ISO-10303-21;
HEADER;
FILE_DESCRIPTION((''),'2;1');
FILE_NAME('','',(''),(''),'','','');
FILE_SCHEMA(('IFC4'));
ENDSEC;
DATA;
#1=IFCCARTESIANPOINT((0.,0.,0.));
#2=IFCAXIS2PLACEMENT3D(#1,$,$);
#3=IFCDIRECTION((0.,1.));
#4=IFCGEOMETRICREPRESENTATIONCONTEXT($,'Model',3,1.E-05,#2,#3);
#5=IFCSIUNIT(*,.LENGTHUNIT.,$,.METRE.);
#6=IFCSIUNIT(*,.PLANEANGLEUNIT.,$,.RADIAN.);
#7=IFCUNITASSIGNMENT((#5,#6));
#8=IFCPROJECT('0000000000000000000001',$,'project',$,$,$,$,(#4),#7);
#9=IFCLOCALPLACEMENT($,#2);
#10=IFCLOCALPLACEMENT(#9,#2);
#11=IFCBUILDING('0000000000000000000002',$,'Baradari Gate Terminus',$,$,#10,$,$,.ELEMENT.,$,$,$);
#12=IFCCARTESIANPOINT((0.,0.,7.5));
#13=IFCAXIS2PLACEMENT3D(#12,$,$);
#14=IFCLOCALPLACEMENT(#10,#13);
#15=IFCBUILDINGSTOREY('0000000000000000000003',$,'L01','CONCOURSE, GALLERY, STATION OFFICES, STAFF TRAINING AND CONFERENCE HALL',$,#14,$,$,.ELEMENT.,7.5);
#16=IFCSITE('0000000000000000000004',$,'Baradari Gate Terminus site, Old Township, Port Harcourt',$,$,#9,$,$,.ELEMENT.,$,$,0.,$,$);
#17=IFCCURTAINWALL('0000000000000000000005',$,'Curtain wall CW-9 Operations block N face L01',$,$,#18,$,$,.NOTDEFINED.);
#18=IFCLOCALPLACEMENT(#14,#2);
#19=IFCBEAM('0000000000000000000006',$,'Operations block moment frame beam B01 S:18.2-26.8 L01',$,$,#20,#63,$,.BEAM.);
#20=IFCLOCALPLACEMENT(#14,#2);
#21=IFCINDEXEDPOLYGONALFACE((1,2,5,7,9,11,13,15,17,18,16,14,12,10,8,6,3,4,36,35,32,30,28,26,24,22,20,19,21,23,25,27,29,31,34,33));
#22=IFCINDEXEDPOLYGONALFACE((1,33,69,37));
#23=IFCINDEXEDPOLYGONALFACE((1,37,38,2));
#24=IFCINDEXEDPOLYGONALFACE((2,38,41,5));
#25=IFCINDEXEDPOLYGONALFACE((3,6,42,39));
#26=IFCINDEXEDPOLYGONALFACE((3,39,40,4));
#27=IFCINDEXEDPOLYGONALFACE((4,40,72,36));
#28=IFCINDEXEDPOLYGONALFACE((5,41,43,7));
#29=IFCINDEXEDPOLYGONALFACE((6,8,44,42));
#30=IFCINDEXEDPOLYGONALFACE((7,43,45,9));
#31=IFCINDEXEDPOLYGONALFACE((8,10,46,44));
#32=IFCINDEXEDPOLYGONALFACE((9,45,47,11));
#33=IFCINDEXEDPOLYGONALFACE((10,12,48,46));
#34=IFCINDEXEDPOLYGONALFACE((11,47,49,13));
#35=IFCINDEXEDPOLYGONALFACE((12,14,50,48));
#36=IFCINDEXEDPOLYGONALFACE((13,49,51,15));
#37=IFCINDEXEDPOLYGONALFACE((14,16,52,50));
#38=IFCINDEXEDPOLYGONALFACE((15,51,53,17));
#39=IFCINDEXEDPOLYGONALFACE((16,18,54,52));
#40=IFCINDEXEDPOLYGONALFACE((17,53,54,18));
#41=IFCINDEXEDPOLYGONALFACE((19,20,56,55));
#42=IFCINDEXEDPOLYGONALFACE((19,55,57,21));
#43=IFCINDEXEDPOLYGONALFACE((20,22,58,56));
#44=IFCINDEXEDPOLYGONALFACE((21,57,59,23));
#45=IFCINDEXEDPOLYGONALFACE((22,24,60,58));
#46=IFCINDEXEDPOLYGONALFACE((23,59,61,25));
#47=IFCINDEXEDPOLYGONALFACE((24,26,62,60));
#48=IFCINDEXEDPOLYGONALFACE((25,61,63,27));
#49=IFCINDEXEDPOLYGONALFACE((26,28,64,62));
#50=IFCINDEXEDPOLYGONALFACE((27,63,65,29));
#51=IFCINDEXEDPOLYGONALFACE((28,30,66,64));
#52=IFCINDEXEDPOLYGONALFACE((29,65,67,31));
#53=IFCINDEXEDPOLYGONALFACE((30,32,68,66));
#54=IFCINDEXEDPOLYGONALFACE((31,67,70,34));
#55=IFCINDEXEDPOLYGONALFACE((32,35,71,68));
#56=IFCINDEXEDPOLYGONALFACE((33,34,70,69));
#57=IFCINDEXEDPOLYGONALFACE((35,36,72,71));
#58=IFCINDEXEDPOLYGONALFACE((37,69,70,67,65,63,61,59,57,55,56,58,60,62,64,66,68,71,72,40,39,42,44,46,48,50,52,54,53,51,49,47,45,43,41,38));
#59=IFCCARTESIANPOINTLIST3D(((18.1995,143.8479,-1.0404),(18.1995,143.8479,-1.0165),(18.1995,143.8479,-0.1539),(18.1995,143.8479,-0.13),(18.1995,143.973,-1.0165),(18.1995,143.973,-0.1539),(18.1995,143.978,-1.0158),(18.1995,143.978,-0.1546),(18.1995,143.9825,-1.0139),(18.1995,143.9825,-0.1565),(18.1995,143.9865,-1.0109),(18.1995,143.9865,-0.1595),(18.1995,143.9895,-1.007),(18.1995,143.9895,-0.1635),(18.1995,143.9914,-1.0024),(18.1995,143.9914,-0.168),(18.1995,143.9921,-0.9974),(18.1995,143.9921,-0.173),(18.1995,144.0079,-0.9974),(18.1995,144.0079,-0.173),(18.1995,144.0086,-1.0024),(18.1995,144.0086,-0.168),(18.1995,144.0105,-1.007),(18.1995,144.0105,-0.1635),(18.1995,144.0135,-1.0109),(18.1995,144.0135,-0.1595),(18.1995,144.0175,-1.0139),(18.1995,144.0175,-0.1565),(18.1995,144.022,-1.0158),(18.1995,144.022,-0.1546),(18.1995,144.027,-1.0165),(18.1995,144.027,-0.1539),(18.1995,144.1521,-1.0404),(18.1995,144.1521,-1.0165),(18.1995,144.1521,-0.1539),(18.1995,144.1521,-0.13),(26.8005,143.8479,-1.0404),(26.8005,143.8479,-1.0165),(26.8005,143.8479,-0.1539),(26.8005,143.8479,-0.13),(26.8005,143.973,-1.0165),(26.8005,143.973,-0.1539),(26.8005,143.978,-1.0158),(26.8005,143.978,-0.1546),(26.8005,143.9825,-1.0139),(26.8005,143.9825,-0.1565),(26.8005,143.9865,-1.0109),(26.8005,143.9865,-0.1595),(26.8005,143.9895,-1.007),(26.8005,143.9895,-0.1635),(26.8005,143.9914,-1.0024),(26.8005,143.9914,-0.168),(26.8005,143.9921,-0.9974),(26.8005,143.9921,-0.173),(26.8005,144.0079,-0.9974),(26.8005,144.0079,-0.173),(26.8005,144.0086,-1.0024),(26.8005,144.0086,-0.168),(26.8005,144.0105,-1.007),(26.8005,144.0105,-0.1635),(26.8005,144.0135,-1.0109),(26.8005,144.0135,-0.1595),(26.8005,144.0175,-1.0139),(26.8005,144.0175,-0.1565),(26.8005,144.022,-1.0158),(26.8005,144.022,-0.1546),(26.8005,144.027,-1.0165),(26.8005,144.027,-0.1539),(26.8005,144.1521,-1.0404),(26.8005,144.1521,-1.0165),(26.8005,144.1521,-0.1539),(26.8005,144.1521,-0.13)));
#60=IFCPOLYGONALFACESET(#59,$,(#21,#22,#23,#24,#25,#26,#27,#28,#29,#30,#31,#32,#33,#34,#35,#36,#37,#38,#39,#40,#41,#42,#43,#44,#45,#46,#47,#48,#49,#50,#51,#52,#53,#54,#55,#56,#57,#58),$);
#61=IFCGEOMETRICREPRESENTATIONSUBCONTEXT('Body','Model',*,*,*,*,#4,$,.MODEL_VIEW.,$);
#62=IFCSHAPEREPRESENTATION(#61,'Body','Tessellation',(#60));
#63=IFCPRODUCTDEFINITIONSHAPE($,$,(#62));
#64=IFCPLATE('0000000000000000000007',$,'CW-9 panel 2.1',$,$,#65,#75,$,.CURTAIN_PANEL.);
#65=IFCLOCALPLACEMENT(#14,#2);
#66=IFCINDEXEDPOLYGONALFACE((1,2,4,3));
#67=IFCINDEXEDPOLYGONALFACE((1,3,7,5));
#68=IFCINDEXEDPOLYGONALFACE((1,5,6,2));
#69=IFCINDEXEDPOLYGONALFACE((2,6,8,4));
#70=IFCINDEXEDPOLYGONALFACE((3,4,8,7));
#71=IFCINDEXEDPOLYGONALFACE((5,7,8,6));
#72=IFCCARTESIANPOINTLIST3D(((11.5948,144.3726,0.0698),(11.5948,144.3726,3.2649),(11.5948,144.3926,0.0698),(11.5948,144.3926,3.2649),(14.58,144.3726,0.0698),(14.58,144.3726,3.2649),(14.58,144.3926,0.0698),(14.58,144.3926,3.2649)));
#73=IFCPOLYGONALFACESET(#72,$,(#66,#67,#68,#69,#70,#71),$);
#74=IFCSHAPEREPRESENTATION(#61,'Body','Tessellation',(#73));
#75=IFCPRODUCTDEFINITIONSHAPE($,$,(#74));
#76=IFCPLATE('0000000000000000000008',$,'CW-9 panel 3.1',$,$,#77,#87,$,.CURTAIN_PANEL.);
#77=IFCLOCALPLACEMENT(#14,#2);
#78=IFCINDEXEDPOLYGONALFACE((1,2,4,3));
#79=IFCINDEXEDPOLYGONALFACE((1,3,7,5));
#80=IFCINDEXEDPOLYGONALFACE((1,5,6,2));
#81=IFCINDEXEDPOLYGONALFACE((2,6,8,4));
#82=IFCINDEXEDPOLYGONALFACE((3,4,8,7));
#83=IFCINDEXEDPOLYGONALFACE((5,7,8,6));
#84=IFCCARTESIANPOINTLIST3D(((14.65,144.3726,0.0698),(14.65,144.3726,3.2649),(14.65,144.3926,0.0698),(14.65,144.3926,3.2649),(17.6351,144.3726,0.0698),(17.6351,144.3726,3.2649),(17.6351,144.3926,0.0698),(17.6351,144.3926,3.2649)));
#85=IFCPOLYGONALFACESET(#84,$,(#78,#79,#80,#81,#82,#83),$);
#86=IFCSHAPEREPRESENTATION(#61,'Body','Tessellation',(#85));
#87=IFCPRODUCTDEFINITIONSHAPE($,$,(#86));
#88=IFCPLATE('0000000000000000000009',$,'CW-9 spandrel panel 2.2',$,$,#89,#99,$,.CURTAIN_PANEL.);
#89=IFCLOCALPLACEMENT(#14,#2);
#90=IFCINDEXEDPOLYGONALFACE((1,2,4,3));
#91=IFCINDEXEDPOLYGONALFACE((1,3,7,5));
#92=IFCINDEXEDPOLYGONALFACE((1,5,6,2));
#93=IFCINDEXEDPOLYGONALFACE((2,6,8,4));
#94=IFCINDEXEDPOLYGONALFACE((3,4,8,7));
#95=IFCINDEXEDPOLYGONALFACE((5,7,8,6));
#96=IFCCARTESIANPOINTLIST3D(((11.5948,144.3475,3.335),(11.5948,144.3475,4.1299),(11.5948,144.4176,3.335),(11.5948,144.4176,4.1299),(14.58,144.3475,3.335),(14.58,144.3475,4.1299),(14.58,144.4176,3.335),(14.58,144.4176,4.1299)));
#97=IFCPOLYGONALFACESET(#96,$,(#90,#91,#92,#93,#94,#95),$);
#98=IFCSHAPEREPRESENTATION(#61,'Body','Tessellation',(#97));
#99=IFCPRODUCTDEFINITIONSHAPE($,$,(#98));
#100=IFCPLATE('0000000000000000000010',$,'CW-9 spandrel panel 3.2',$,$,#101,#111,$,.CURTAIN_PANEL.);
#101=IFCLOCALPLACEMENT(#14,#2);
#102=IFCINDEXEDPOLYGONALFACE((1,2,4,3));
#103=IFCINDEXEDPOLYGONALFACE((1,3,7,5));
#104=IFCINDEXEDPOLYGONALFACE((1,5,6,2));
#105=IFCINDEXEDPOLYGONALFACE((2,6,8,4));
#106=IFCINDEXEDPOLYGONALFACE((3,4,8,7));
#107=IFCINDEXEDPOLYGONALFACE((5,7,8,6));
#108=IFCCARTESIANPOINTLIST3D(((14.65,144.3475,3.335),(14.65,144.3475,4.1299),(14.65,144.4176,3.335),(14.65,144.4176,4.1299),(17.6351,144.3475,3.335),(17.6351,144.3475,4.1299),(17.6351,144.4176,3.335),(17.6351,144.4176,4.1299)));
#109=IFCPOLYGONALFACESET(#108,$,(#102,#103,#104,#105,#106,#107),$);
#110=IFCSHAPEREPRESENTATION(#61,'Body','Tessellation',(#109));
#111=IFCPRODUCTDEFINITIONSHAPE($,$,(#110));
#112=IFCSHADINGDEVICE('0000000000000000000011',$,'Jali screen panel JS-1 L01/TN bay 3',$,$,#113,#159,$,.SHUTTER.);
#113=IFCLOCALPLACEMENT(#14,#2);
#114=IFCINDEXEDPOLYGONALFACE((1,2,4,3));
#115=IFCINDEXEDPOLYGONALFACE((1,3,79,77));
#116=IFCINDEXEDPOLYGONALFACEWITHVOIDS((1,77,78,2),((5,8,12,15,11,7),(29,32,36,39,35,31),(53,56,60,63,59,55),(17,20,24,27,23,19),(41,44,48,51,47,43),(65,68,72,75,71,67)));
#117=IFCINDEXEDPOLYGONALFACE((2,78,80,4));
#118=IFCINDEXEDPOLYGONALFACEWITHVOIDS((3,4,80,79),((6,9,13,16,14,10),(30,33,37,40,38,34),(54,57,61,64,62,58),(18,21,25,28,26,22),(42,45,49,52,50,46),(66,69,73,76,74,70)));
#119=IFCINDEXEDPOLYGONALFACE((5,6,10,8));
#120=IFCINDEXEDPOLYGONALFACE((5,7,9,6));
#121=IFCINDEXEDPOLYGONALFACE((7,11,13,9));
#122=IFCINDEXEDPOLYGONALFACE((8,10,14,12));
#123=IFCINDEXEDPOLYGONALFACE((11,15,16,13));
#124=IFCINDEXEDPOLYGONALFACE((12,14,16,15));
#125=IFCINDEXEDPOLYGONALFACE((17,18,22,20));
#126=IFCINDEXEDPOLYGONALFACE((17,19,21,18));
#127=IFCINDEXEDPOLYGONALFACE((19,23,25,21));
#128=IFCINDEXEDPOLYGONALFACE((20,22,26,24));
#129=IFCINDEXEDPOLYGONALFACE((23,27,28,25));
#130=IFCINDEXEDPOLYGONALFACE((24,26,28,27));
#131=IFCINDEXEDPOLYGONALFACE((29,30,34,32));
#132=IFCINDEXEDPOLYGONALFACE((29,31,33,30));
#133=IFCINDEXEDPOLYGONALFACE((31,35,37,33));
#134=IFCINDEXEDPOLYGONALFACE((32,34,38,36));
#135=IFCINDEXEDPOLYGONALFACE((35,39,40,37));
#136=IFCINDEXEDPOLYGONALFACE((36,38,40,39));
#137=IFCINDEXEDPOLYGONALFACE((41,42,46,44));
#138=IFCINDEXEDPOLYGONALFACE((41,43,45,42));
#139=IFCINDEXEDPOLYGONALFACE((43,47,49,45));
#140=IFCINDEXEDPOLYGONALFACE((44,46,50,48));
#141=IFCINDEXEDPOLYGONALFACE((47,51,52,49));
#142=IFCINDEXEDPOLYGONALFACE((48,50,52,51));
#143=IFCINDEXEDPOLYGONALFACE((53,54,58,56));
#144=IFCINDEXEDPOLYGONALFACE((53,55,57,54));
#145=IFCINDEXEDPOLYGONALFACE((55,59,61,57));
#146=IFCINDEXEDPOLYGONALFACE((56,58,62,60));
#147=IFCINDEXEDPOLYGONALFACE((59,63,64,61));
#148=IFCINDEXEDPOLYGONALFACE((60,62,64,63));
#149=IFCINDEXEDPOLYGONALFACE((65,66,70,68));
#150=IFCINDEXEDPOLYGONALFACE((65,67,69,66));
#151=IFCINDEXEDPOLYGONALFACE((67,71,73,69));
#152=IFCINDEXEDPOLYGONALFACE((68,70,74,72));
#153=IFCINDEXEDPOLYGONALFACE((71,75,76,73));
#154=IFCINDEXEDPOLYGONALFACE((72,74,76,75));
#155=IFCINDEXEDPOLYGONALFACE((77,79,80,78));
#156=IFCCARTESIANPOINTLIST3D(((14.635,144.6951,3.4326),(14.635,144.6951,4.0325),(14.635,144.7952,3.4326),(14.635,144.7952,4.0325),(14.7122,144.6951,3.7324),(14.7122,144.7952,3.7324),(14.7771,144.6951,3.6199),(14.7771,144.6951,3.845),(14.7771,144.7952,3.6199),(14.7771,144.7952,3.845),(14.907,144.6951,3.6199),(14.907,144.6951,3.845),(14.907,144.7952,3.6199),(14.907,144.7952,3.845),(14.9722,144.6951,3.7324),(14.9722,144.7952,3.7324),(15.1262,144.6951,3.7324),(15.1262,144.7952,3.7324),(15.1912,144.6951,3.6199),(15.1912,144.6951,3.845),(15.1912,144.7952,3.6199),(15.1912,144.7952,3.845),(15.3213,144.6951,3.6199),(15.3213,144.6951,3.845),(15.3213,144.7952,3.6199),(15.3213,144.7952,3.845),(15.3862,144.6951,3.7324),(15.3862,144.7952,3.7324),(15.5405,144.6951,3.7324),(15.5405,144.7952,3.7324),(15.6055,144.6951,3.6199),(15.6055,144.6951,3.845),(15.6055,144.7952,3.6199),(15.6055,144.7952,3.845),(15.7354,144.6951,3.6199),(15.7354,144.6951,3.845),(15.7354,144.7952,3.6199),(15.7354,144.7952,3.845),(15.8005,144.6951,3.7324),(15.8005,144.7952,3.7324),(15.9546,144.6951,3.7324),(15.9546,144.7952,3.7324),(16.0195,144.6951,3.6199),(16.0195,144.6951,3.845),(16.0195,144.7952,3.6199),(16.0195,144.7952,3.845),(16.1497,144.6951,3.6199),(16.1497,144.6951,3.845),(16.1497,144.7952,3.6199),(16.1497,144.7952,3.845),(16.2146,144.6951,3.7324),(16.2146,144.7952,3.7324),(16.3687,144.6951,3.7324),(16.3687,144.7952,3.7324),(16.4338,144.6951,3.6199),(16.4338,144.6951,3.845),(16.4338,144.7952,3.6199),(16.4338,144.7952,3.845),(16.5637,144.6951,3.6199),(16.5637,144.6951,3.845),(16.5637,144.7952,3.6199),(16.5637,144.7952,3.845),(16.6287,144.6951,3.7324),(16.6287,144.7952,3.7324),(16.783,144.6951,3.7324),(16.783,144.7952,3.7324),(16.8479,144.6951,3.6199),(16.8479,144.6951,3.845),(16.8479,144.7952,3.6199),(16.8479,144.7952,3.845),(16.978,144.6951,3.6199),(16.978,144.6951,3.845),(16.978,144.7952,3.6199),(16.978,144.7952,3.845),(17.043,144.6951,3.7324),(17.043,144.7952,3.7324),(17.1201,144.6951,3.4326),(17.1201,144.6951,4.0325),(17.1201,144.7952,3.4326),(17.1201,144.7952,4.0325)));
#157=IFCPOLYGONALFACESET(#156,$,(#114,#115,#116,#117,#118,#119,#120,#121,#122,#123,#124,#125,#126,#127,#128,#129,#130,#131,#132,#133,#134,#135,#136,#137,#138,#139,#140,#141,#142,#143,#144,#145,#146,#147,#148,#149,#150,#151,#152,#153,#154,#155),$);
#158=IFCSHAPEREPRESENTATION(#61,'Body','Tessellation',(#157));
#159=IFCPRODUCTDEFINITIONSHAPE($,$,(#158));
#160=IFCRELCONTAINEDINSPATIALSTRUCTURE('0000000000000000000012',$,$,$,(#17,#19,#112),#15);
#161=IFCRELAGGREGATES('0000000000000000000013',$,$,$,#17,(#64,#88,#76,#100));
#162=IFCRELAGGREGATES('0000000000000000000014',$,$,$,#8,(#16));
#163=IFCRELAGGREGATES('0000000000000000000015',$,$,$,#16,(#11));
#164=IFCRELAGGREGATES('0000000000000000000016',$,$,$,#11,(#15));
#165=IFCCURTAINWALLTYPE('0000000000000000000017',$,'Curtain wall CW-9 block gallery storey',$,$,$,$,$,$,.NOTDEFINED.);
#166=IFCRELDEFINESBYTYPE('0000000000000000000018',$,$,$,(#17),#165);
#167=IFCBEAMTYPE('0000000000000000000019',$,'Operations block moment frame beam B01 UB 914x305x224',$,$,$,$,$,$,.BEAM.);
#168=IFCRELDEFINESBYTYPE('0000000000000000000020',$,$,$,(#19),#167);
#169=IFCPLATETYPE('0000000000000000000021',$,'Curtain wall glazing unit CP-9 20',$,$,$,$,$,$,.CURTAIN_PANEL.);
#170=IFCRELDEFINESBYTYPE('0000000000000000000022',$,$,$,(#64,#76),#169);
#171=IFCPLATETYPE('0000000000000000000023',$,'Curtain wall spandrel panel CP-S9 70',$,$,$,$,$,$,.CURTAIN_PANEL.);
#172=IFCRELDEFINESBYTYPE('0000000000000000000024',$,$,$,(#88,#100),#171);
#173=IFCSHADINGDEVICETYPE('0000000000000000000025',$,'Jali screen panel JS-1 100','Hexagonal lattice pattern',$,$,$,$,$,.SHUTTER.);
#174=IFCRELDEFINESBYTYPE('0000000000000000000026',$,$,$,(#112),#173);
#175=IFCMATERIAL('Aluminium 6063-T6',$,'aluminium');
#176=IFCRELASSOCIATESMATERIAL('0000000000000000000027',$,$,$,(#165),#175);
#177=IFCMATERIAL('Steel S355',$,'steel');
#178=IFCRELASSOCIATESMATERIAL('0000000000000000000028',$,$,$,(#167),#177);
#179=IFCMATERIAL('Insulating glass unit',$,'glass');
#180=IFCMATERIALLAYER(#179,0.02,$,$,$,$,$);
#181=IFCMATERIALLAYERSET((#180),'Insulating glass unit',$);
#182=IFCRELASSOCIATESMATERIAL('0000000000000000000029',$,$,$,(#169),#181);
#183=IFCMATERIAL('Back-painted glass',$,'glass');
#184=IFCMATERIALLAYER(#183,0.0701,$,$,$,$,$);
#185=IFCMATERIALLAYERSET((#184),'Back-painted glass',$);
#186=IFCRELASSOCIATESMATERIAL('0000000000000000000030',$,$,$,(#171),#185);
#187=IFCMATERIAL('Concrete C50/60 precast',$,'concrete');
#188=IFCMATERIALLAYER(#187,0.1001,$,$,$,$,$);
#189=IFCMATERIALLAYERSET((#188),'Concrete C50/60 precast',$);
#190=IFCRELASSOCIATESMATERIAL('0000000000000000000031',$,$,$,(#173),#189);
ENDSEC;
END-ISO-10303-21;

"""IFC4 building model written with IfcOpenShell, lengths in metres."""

from ifc_helpers import new_model, si_unit, direction, frame, origin, origin_2d, place, context, subcontext, project, spatial, polyline, rectangle, i_section, outline, extrude, material, layer, layer_set, material_profile, profile_set, type_object, element, aggregate, save


model = new_model("IFC4")

# Units and contexts
model_context = context("Model", 3, precision=1e-05, world=origin(), true_north=direction((0.0, 1.0)))
body_context = subcontext(model_context, "Body", "Model", "MODEL_VIEW")
ifc_project = project(units=[si_unit("LENGTHUNIT", "METRE"), si_unit("PLANEANGLEUNIT", "RADIAN")], contexts=[model_context])

# Site, building, storey
site_placement = place(None, origin())
site = spatial("IfcSite", under=ifc_project, at=site_placement, Name="Baradari Gate Terminus site, Old Township, Port Harcourt", CompositionType="ELEMENT", RefElevation=0.0)
building_placement = place(site_placement, origin())
building = spatial("IfcBuilding", under=site, at=building_placement, Name="Baradari Gate Terminus", CompositionType="ELEMENT")
storey_placement = place(building_placement, frame((0.0, 0.0, 7.5)))
storey = spatial("IfcBuildingStorey", under=building, at=storey_placement, Name="L01", Description="CONCOURSE, GALLERY, STATION OFFICES, STAFF TRAINING AND CONFERENCE HALL", CompositionType="ELEMENT", Elevation=7.5)

# Curtain wall
ifc_material_1 = material(Name="Aluminium 6063-T6", Category="aluminium")
curtain_wall_type = type_object("IfcCurtainWallType", Name="Curtain wall CW-9 block gallery storey", PredefinedType="NOTDEFINED", material=ifc_material_1)
curtain_wall_placement = place(storey_placement, origin())
curtain_wall = element("IfcCurtainWall", 1, at=curtain_wall_placement, inside=storey, type_object=curtain_wall_type, Name="Curtain wall CW-9 Operations block N face L01", PredefinedType="NOTDEFINED")

# Beam
ifc_material_2 = material(Name="Steel S355", Category="steel")
ifc_material_profile_1 = material_profile(ifc_material_2, i_section(OverallWidth=0.3042, OverallDepth=0.9104, WebThickness=0.0159, FlangeThickness=0.0239, FilletRadius=0.019, at=origin_2d()), Name="UB 914x305x224")
ifc_profile_set_1 = profile_set([ifc_material_profile_1], Name="Steel S355")
beam_type = type_object("IfcBeamType", Name="Operations block moment frame beam B01 UB 914x305x224", PredefinedType="BEAM", material=ifc_profile_set_1)
beam_placement = place(storey_placement, frame((18.1995, 144.0, -0.5852), z_axis=(1.0, 0.0, 0.0), x_axis=(0.0, 1.0, 0.0)))
element("IfcBeam", 2, at=beam_placement, inside=storey, type_object=beam_type, Name="Operations block moment frame beam B01 S:18.2-26.8 L01", PredefinedType="BEAM", context=body_context, shape_type="SweptSolid", body=[
    extrude(i_section(OverallWidth=0.3042, OverallDepth=0.9104, WebThickness=0.0159, FlangeThickness=0.0239, FilletRadius=0.019, at=origin_2d()), origin(), (0.0, 0.0, 1.0), 8.6011),
])

# Plates
ifc_material_3 = material(Name="Insulating glass unit", Category="glass")
ifc_layer_1 = layer(ifc_material_3, 0.02)
ifc_layer_set_1 = layer_set([ifc_layer_1], Name="Insulating glass unit")
plate_type_1 = type_object("IfcPlateType", Name="Curtain wall glazing unit CP-9 20", PredefinedType="CURTAIN_PANEL", material=ifc_layer_set_1)
plate_1_placement = place(storey_placement, frame((13.0874, 144.3826, 0.0698), z_axis=(0.0, 0.0, 1.0), x_axis=(1.0, 0.0, 0.0)))
plate_1 = element("IfcPlate", 3, at=plate_1_placement, type_object=plate_type_1, Name="CW-9 panel 2.1", PredefinedType="CURTAIN_PANEL", context=body_context, shape_type="SweptSolid", body=[
    extrude(rectangle(XDim=2.9851, YDim=0.02, at=origin_2d()), origin(), (0.0, 0.0, 1.0), 3.1951),
])
plate_2_placement = place(storey_placement, frame((16.1426, 144.3826, 0.0698), z_axis=(0.0, 0.0, 1.0), x_axis=(1.0, 0.0, 0.0)))
plate_2 = element("IfcPlate", 4, at=plate_2_placement, type_object=plate_type_1, Name="CW-9 panel 3.1", PredefinedType="CURTAIN_PANEL", context=body_context, shape_type="SweptSolid", body=[
    extrude(rectangle(XDim=2.9851, YDim=0.02, at=origin_2d()), origin(), (0.0, 0.0, 1.0), 3.1951),
])
ifc_material_4 = material(Name="Back-painted glass", Category="glass")
ifc_layer_2 = layer(ifc_material_4, 0.0701)
ifc_layer_set_2 = layer_set([ifc_layer_2], Name="Back-painted glass")
plate_type_2 = type_object("IfcPlateType", Name="Curtain wall spandrel panel CP-S9 70", PredefinedType="CURTAIN_PANEL", material=ifc_layer_set_2)
plate_3_placement = place(storey_placement, frame((13.0874, 144.3826, 3.335), z_axis=(0.0, 0.0, 1.0), x_axis=(1.0, 0.0, 0.0)))
plate_3 = element("IfcPlate", 5, at=plate_3_placement, type_object=plate_type_2, Name="CW-9 spandrel panel 2.2", PredefinedType="CURTAIN_PANEL", context=body_context, shape_type="SweptSolid", body=[
    extrude(rectangle(XDim=2.9851, YDim=0.0701, at=origin_2d()), origin(), (0.0, 0.0, 1.0), 0.7949),
])
plate_4_placement = place(storey_placement, frame((16.1426, 144.3826, 3.335), z_axis=(0.0, 0.0, 1.0), x_axis=(1.0, 0.0, 0.0)))
plate_4 = element("IfcPlate", 6, at=plate_4_placement, type_object=plate_type_2, Name="CW-9 spandrel panel 3.2", PredefinedType="CURTAIN_PANEL", context=body_context, shape_type="SweptSolid", body=[
    extrude(rectangle(XDim=2.9851, YDim=0.0701, at=origin_2d()), origin(), (0.0, 0.0, 1.0), 0.7949),
])
aggregate(curtain_wall, [plate_1, plate_3, plate_2, plate_4])

# Shading device
ifc_material_5 = material(Name="Concrete C50/60 precast", Category="concrete")
ifc_layer_3 = layer(ifc_material_5, 0.1001)
ifc_layer_set_3 = layer_set([ifc_layer_3], Name="Concrete C50/60 precast")
shading_device_type = type_object("IfcShadingDeviceType", Name="Jali screen panel JS-1 100", Description="Hexagonal lattice pattern", PredefinedType="SHUTTER", material=ifc_layer_set_3)
for number, where, z_axis, x_axis, name in (
    (7, (14.635, 144.7451, 3.4326), (0.0, 0.0, 1.0), (1.0, 0.0, 0.0), "Jali screen panel JS-1 L01/TN bay 3"),
):
    element("IfcShadingDevice", number, at=place(storey_placement, frame(where, z_axis=z_axis, x_axis=x_axis)), inside=storey, type_object=shading_device_type, Name=name, PredefinedType="SHUTTER", context=body_context, shape_type="SweptSolid", body=[
        extrude(outline(polyline([(0.0, 0.0), (2.4851, 0.0), (2.4851, 0.5999), (0.0, 0.5999), (0.0, 0.0)]), holes=[polyline([(0.3372, 0.2998), (0.272, 0.1873), (0.1421, 0.1873), (0.0771, 0.2998), (0.1421, 0.4124), (0.272, 0.4124), (0.3372, 0.2998)]), polyline([(0.7512, 0.2998), (0.6863, 0.1873), (0.5562, 0.1873), (0.4912, 0.2998), (0.5562, 0.4124), (0.6863, 0.4124), (0.7512, 0.2998)]), polyline([(1.1655, 0.2998), (1.1003, 0.1873), (0.9705, 0.1873), (0.9055, 0.2998), (0.9705, 0.4124), (1.1003, 0.4124), (1.1655, 0.2998)]), polyline([(1.5796, 0.2998), (1.5146, 0.1873), (1.3845, 0.1873), (1.3196, 0.2998), (1.3845, 0.4124), (1.5146, 0.4124), (1.5796, 0.2998)]), polyline([(1.9937, 0.2998), (1.9287, 0.1873), (1.7988, 0.1873), (1.7336, 0.2998), (1.7988, 0.4124), (1.9287, 0.4124), (1.9937, 0.2998)]), polyline([(2.408, 0.2998), (2.343, 0.1873), (2.2129, 0.1873), (2.1479, 0.2998), (2.2129, 0.4124), (2.343, 0.4124), (2.408, 0.2998)])]), frame((0.0, 0.05, 0.0), z_axis=(0.0, -1.0, 0.0), x_axis=(1.0, 0.0, 0.0)), (0.0, 0.0, 1.0), 0.1001),
    ])

save(model, "model.ifc")
